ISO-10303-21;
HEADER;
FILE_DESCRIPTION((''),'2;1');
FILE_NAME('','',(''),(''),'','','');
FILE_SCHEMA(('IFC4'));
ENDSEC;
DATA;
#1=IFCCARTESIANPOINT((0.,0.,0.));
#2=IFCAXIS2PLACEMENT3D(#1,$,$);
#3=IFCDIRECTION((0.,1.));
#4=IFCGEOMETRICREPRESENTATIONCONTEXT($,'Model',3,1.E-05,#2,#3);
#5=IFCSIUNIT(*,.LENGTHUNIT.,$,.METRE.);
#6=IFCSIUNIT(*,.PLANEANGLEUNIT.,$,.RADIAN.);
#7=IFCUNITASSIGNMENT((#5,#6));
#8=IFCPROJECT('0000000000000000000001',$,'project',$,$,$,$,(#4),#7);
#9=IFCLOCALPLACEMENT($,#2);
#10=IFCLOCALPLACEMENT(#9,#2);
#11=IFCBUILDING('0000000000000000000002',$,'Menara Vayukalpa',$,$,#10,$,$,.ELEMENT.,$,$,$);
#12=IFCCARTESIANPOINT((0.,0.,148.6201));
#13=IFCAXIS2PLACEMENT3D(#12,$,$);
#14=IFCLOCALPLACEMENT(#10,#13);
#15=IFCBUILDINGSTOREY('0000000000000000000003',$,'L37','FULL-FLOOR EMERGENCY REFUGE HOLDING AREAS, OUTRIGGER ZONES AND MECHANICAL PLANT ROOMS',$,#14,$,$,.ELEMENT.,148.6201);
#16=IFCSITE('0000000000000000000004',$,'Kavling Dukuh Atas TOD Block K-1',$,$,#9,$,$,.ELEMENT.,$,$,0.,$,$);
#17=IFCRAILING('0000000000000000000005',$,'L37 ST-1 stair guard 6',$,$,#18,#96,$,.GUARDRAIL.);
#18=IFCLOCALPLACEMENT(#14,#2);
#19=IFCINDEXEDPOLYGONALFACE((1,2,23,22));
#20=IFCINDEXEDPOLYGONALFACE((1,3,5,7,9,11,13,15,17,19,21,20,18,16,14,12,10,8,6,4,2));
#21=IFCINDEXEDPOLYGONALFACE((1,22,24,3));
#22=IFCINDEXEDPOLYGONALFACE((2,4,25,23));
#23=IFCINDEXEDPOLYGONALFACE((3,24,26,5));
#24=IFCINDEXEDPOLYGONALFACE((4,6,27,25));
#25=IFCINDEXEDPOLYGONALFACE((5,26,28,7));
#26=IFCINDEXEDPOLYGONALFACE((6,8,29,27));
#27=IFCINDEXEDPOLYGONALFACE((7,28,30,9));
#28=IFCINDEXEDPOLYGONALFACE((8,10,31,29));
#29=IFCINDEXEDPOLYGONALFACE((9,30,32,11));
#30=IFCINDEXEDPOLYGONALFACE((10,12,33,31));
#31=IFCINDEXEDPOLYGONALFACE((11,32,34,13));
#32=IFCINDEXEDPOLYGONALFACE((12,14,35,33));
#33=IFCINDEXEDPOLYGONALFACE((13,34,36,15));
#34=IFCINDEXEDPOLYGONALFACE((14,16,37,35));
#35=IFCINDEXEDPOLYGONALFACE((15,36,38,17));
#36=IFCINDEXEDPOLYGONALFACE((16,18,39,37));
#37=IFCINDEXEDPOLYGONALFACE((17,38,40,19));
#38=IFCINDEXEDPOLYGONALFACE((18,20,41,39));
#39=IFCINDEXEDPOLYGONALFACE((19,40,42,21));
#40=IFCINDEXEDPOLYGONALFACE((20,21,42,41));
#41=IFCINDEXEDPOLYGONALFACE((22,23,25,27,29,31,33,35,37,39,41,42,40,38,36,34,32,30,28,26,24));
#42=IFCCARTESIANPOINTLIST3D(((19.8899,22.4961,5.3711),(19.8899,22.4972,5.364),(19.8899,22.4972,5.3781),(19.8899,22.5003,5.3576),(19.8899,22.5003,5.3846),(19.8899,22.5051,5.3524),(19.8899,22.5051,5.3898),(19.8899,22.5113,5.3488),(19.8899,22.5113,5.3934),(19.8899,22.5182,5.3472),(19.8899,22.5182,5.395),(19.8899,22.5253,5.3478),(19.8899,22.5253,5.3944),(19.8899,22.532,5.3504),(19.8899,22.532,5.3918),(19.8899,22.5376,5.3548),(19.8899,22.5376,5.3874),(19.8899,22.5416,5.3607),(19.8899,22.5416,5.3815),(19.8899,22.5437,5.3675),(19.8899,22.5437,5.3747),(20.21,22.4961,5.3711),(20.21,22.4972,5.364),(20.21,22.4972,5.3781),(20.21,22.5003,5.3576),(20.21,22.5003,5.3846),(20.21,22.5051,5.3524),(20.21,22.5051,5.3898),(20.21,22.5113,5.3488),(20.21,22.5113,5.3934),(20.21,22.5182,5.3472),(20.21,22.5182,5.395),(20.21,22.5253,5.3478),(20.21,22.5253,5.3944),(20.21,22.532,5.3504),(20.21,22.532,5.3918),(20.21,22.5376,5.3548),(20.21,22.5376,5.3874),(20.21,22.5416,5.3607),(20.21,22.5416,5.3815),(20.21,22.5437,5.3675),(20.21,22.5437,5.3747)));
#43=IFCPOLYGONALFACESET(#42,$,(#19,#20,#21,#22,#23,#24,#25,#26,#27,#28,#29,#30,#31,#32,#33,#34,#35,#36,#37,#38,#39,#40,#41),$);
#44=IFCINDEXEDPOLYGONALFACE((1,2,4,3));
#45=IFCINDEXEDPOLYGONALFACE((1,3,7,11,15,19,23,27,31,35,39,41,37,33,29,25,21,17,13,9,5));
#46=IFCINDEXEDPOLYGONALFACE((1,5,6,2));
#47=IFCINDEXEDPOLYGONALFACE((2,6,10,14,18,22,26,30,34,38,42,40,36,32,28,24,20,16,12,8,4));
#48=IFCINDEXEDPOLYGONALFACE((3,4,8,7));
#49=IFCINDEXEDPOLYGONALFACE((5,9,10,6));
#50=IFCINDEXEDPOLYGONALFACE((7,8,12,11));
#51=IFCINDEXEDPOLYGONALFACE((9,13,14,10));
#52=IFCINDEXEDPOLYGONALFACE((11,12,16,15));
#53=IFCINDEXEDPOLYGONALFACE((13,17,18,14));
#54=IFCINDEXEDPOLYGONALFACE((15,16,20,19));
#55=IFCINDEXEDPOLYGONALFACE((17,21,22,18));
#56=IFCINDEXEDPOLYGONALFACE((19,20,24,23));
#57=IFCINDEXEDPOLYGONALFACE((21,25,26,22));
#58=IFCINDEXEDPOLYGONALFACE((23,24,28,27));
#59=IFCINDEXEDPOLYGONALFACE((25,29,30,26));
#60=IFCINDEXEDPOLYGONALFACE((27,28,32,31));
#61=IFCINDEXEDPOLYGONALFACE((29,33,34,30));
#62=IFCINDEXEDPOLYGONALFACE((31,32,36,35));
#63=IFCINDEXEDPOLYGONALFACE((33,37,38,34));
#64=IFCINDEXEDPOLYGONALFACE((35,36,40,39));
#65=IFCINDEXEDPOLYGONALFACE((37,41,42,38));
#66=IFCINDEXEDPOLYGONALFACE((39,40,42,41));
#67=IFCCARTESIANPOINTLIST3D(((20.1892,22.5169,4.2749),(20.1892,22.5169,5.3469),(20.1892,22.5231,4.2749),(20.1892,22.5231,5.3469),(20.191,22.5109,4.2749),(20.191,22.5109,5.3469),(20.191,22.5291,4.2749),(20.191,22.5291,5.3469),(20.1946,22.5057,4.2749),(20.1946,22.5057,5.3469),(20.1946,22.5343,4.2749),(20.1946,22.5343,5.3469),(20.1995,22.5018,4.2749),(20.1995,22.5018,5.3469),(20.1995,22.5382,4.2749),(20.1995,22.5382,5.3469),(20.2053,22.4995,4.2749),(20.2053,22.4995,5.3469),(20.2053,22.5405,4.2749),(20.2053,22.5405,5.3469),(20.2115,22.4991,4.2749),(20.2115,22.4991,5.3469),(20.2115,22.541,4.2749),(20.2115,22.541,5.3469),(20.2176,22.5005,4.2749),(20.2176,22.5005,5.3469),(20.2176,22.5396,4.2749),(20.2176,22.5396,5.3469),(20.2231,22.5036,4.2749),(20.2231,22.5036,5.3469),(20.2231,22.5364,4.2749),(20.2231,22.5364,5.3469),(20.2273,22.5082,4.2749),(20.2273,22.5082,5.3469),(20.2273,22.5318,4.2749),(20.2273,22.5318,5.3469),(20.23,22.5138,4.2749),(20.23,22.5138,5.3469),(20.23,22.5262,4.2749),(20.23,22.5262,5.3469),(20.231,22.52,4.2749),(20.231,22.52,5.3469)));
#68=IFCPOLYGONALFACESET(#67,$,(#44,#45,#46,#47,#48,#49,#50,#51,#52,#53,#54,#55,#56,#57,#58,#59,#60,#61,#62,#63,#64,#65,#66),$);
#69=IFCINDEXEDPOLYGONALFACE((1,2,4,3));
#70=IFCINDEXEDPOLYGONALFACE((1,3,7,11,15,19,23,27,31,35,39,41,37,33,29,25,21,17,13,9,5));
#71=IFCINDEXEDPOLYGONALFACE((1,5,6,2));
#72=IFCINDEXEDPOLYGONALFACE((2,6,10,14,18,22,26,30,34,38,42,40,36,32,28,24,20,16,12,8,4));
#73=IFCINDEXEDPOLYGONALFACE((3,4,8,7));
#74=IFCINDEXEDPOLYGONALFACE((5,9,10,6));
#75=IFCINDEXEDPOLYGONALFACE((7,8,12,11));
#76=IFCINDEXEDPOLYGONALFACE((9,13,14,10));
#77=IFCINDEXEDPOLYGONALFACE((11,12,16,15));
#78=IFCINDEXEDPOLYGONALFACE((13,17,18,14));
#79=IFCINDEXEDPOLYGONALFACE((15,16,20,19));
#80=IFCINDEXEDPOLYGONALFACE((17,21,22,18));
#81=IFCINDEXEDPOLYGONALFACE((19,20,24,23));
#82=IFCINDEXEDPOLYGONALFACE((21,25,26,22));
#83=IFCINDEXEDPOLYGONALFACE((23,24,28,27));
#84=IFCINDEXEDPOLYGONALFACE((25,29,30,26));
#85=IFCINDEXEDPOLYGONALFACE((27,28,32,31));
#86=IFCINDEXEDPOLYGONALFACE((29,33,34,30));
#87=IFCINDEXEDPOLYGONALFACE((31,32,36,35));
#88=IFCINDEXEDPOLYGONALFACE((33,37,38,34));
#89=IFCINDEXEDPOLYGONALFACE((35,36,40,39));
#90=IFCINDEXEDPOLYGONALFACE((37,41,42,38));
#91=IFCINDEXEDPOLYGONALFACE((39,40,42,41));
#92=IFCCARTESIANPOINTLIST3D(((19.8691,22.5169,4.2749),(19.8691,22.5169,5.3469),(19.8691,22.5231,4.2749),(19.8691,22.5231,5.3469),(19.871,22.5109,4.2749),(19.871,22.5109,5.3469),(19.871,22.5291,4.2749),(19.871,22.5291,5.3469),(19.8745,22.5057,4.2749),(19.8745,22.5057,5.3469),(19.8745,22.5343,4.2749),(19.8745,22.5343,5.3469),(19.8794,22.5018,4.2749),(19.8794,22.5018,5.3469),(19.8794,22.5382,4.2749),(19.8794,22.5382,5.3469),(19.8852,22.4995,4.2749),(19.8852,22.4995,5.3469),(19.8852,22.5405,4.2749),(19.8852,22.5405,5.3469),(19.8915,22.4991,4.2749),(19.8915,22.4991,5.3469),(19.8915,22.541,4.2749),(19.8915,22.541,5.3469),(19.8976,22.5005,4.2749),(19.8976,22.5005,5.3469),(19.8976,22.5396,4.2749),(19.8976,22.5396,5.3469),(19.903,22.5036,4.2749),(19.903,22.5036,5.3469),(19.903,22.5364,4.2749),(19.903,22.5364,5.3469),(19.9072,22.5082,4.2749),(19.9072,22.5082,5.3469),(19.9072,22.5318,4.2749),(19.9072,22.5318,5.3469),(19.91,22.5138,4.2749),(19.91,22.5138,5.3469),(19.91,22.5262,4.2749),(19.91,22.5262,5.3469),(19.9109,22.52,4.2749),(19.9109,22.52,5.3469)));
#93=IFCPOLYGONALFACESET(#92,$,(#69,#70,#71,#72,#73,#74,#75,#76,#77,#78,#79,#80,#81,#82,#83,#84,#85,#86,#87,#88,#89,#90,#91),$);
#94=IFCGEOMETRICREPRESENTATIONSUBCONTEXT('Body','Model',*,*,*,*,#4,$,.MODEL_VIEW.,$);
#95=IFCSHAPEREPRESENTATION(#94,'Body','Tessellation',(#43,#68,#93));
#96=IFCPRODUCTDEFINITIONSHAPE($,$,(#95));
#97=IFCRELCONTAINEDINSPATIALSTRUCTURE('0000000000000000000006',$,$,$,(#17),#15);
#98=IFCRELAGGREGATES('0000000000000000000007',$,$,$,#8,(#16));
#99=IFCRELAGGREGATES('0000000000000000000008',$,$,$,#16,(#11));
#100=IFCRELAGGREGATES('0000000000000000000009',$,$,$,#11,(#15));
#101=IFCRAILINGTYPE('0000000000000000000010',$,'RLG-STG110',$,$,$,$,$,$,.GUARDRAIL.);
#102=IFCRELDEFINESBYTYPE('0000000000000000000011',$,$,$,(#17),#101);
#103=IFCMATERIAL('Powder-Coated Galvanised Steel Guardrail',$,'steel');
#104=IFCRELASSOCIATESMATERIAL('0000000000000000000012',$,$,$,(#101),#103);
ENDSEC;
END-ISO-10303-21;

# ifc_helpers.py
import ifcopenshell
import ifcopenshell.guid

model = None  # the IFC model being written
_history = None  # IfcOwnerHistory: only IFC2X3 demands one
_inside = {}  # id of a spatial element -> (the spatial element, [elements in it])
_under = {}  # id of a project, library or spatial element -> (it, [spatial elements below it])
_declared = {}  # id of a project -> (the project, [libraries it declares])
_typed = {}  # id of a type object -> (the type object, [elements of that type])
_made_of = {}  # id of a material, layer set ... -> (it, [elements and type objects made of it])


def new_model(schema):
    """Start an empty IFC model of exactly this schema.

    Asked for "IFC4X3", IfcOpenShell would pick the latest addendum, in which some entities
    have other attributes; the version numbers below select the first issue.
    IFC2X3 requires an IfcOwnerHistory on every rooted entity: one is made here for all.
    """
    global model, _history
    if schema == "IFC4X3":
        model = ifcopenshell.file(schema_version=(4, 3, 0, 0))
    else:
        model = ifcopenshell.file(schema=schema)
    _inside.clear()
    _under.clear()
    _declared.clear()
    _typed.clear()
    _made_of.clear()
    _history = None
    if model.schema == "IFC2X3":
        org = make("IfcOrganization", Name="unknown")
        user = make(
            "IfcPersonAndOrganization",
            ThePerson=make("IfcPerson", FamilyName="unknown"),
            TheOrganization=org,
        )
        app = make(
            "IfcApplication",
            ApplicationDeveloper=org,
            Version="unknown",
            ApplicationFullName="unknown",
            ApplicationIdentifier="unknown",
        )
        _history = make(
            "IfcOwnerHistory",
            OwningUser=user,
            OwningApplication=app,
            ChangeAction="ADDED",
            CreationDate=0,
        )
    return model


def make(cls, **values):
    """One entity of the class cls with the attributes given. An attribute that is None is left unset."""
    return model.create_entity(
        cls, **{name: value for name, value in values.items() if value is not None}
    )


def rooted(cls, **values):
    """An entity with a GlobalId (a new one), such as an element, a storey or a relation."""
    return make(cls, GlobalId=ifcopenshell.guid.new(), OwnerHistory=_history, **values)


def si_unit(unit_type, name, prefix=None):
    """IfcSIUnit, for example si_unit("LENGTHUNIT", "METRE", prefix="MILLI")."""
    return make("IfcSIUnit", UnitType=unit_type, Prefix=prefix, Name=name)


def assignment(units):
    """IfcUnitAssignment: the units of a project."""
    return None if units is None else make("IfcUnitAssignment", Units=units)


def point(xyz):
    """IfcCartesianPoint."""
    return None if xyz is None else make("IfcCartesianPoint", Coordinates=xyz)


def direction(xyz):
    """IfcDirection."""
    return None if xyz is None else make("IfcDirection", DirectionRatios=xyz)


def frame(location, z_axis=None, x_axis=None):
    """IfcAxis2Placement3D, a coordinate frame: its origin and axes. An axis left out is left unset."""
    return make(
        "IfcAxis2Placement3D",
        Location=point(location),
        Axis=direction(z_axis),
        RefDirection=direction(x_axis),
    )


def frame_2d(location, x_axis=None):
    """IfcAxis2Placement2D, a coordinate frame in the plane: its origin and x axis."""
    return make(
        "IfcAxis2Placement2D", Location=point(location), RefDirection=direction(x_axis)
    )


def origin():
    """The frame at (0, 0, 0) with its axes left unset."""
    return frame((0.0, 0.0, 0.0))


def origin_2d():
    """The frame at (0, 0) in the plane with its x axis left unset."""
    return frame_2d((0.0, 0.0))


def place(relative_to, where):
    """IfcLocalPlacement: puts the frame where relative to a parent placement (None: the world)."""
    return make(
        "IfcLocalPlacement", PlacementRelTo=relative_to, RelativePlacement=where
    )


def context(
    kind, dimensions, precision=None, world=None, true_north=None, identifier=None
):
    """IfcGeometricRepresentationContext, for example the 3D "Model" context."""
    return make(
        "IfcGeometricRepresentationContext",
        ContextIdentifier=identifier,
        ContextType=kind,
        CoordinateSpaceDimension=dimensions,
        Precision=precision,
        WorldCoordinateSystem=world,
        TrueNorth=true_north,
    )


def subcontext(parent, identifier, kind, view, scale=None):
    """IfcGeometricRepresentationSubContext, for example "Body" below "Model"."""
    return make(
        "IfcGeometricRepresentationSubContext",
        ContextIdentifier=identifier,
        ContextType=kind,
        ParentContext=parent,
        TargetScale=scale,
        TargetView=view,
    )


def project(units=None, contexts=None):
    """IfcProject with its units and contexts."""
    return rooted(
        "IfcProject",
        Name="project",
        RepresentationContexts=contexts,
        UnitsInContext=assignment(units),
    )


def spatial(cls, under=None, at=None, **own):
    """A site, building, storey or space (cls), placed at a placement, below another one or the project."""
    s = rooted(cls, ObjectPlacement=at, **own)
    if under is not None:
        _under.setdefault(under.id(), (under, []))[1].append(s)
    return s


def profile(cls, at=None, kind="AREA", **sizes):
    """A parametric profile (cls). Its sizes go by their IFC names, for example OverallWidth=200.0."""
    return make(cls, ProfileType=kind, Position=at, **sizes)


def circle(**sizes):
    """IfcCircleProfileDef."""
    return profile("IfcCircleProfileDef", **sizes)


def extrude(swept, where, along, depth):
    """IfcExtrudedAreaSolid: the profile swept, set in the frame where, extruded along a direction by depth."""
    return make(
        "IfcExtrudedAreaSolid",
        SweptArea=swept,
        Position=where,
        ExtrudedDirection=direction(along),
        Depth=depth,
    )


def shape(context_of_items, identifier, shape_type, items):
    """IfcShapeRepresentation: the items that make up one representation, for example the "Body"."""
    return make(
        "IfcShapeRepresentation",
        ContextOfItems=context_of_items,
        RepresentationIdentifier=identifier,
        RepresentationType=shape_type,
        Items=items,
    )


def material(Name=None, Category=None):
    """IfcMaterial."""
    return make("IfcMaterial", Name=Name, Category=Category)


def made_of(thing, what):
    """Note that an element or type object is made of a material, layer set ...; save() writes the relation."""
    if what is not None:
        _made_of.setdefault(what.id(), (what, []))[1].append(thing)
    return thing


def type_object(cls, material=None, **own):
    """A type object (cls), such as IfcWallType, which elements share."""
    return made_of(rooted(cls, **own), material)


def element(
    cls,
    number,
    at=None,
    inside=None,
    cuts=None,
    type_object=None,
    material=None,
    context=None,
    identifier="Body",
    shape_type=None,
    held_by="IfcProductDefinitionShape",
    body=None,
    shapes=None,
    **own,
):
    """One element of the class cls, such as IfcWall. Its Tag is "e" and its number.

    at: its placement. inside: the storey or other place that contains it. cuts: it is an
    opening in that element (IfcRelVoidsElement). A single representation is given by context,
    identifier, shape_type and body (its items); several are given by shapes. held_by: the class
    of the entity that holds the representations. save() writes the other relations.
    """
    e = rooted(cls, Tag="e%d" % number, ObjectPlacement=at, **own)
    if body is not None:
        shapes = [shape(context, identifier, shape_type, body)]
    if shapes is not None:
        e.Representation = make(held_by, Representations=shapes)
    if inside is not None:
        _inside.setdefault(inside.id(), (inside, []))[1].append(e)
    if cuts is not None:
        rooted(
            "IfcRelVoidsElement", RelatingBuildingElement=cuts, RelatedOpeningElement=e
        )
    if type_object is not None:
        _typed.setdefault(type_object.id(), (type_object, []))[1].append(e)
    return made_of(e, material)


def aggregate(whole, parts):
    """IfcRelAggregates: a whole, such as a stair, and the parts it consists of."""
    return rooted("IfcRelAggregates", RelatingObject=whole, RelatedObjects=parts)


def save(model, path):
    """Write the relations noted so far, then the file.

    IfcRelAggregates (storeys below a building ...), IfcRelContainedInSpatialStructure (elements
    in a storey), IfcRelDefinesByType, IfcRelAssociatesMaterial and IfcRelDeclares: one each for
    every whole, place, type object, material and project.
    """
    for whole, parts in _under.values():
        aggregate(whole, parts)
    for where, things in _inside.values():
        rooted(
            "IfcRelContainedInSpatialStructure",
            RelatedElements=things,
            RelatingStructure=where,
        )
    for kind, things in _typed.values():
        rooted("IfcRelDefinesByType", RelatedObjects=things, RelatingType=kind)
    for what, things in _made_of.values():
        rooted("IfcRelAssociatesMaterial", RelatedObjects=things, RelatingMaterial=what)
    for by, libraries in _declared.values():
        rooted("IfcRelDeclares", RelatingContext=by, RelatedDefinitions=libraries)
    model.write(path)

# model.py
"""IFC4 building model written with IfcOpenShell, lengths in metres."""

from ifc_helpers import new_model, si_unit, direction, frame, origin, origin_2d, place, context, subcontext, project, spatial, circle, extrude, material, type_object, element, save


model = new_model("IFC4")

# Units and contexts
model_context = context("Model", 3, precision=1e-05, world=origin(), true_north=direction((0.0, 1.0)))
body_context = subcontext(model_context, "Body", "Model", "MODEL_VIEW")
ifc_project = project(units=[si_unit("LENGTHUNIT", "METRE"), si_unit("PLANEANGLEUNIT", "RADIAN")], contexts=[model_context])

# Site, building, storey
site_placement = place(None, origin())
site = spatial("IfcSite", under=ifc_project, at=site_placement, Name="Kavling Dukuh Atas TOD Block K-1", CompositionType="ELEMENT", RefElevation=0.0)
building_placement = place(site_placement, origin())
building = spatial("IfcBuilding", under=site, at=building_placement, Name="Menara Vayukalpa", CompositionType="ELEMENT")
storey_placement = place(building_placement, frame((0.0, 0.0, 148.6201)))
storey = spatial("IfcBuildingStorey", under=building, at=storey_placement, Name="L37", Description="FULL-FLOOR EMERGENCY REFUGE HOLDING AREAS, OUTRIGGER ZONES AND MECHANICAL PLANT ROOMS", CompositionType="ELEMENT", Elevation=148.6201)

# Railing
ifc_material_1 = material(Name="Powder-Coated Galvanised Steel Guardrail", Category="steel")
railing_type_1 = type_object("IfcRailingType", Name="RLG-STG110", PredefinedType="GUARDRAIL", material=ifc_material_1)
railing_1_placement = place(storey_placement, frame((20.21, 22.52, 4.2749)))
element("IfcRailing", 1, at=railing_1_placement, inside=storey, type_object=railing_type_1, Name="L37 ST-1 stair guard 6", PredefinedType="GUARDRAIL", context=body_context, shape_type="SweptSolid", body=[
    extrude(circle(Radius=0.0239, at=origin_2d()), frame((0.0, 0.0, 1.0962), z_axis=(-1.0, 0.0, 0.0), x_axis=(0.0, -1.0, 0.0)), (0.0, 0.0, 1.0), 0.3201),
    extrude(circle(Radius=0.021, at=origin_2d()), origin(), (0.0, 0.0, 1.0), 1.072),
    extrude(circle(Radius=0.021, at=origin_2d()), frame((-0.3201, 0.0, 0.0)), (0.0, 0.0, 1.0), 1.072),
])

save(model, "model.ifc")
